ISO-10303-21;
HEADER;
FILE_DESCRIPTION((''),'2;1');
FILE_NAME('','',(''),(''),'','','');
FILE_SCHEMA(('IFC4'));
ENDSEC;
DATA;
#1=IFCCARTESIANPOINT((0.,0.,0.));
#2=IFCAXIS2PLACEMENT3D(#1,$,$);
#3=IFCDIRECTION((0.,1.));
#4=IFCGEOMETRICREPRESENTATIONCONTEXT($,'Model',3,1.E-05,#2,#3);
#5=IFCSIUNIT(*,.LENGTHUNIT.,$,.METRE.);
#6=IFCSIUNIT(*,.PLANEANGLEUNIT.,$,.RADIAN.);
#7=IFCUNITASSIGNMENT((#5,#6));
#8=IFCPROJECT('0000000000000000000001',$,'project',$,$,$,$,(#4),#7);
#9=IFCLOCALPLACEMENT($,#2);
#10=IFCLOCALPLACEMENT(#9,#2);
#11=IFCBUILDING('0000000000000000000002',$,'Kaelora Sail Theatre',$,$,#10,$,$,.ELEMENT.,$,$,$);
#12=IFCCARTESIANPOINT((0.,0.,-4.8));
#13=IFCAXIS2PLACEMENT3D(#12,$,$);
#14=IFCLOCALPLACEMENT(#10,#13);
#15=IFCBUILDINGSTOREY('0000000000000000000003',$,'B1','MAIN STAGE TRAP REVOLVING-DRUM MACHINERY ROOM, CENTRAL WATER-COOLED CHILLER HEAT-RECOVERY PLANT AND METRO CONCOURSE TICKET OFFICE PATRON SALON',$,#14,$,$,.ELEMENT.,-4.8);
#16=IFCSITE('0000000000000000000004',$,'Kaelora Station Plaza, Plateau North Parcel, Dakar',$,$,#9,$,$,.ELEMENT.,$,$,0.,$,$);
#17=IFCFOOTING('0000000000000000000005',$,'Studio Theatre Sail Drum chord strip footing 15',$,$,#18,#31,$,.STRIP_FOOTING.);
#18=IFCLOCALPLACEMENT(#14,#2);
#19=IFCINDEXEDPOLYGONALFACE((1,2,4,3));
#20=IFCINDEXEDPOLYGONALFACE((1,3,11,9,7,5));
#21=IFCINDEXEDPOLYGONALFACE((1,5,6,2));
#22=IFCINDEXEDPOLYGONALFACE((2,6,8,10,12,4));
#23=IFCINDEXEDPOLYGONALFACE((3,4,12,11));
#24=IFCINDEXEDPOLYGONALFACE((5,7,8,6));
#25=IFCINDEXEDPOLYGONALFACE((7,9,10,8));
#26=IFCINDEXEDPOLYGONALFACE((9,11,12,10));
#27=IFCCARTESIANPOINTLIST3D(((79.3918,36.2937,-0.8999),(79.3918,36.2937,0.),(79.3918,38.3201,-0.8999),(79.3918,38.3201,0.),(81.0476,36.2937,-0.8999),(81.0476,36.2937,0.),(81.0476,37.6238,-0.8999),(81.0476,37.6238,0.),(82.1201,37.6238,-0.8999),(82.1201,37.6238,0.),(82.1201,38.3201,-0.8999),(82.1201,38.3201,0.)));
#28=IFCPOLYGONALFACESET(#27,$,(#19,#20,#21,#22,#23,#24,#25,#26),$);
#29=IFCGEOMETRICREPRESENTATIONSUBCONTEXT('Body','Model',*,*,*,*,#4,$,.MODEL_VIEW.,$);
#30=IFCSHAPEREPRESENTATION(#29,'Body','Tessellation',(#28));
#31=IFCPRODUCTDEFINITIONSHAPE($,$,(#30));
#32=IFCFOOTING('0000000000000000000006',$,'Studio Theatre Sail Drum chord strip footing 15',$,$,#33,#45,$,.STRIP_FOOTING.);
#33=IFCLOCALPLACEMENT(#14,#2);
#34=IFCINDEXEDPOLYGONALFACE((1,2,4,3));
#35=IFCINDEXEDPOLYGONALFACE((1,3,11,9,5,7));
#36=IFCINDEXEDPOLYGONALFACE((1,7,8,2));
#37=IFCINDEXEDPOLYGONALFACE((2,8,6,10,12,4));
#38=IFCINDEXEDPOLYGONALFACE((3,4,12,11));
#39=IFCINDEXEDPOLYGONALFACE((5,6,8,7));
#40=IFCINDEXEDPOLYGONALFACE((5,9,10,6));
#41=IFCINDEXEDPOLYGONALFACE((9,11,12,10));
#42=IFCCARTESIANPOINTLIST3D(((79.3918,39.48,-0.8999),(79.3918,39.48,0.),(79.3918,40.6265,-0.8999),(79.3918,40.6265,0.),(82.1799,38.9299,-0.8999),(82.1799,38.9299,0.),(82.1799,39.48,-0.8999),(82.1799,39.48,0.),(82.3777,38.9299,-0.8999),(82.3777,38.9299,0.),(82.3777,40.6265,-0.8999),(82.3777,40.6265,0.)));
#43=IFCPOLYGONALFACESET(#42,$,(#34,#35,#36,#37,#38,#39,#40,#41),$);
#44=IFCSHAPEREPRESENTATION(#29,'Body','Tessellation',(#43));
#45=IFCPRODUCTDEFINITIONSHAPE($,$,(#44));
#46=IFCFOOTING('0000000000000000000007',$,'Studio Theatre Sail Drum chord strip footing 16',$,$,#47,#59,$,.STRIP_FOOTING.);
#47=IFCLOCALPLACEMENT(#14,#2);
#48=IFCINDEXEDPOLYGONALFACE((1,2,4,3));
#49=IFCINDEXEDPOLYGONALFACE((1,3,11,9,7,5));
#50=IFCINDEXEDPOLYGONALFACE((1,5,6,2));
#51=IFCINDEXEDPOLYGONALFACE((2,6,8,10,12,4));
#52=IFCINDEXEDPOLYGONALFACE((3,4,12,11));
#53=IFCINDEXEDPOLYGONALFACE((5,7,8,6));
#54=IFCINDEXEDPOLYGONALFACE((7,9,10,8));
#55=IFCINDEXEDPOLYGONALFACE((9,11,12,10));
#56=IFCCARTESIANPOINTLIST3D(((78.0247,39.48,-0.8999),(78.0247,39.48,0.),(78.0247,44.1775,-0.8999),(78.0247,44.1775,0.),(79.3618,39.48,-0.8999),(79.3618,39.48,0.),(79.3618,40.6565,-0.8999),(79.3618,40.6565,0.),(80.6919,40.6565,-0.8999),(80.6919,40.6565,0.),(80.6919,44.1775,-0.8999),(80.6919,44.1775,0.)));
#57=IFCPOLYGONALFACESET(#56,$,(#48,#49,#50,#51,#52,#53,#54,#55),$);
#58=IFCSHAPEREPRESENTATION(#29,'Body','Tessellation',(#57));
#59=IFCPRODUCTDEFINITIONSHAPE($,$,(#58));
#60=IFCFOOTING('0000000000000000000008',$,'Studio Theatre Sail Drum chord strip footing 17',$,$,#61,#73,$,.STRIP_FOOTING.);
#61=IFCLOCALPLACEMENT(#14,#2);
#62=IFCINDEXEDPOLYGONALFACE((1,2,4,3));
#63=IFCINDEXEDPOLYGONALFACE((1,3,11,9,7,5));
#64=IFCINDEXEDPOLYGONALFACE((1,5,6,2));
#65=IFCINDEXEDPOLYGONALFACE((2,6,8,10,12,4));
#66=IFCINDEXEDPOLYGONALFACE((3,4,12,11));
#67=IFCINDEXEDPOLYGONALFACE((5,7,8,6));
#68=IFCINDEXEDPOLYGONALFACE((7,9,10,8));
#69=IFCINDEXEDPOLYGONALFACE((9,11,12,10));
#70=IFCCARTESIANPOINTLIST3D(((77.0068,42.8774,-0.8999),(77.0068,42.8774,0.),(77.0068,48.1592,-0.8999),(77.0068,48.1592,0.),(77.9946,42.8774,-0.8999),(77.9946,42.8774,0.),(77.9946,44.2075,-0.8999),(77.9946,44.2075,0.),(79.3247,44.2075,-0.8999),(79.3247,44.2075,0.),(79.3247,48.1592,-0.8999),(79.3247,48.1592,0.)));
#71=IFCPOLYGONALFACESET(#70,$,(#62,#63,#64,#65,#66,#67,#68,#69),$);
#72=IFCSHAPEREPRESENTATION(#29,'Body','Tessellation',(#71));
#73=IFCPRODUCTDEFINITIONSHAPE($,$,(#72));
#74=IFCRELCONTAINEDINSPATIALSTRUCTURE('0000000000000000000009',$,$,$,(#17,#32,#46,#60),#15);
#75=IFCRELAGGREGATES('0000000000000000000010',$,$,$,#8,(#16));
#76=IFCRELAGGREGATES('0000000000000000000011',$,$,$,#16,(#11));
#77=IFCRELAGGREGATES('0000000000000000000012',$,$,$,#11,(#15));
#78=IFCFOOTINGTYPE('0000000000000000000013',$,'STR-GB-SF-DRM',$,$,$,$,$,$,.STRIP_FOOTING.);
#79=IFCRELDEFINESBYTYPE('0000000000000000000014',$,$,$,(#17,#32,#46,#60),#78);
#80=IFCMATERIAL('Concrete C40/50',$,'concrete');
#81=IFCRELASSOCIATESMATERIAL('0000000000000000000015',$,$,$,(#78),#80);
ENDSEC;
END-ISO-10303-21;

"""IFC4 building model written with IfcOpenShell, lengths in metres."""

from ifc_helpers import new_model, si_unit, direction, frame, origin, place, context, subcontext, project, spatial, polyline, outline, extrude, material, type_object, element, save


model = new_model("IFC4")

# Units and contexts
model_context = context("Model", 3, precision=1e-05, world=origin(), true_north=direction((0.0, 1.0)))
body_context = subcontext(model_context, "Body", "Model", "MODEL_VIEW")
ifc_project = project(units=[si_unit("LENGTHUNIT", "METRE"), si_unit("PLANEANGLEUNIT", "RADIAN")], contexts=[model_context])

# Site, building, storey
site_placement = place(None, origin())
site = spatial("IfcSite", under=ifc_project, at=site_placement, Name="Kaelora Station Plaza, Plateau North Parcel, Dakar", CompositionType="ELEMENT", RefElevation=0.0)
building_placement = place(site_placement, origin())
building = spatial("IfcBuilding", under=site, at=building_placement, Name="Kaelora Sail Theatre", CompositionType="ELEMENT")
storey_placement = place(building_placement, frame((0.0, 0.0, -4.8)))
storey = spatial("IfcBuildingStorey", under=building, at=storey_placement, Name="B1", Description="MAIN STAGE TRAP REVOLVING-DRUM MACHINERY ROOM, CENTRAL WATER-COOLED CHILLER HEAT-RECOVERY PLANT AND METRO CONCOURSE TICKET OFFICE PATRON SALON", CompositionType="ELEMENT", Elevation=-4.8)

# Footings
ifc_material = material(Name="Concrete C40/50", Category="concrete")
footing_type = type_object("IfcFootingType", Name="STR-GB-SF-DRM", PredefinedType="STRIP_FOOTING", material=ifc_material)
footing_1_placement = place(storey_placement, frame((0.0, 0.0, -0.8999)))
element("IfcFooting", 1, at=footing_1_placement, inside=storey, type_object=footing_type, Name="Studio Theatre Sail Drum chord strip footing 15", PredefinedType="STRIP_FOOTING", context=body_context, shape_type="SweptSolid", body=[
    extrude(outline(polyline([(82.1201, 37.6238), (81.0476, 37.6238), (81.0476, 36.2937), (79.3918, 36.2937), (79.3918, 38.3201), (82.1201, 38.3201), (82.1201, 37.6238)])), origin(), (0.0, 0.0, 1.0), 0.8999),
])
footing_2_placement = place(storey_placement, frame((0.0, 0.0, -0.8999)))
element("IfcFooting", 2, at=footing_2_placement, inside=storey, type_object=footing_type, Name="Studio Theatre Sail Drum chord strip footing 15", PredefinedType="STRIP_FOOTING", context=body_context, shape_type="SweptSolid", body=[
    extrude(outline(polyline([(82.3777, 38.9299), (82.1799, 38.9299), (82.1799, 39.48), (79.3918, 39.48), (79.3918, 40.6265), (82.3777, 40.6265), (82.3777, 38.9299)])), origin(), (0.0, 0.0, 1.0), 0.8999),
])
footing_3_placement = place(storey_placement, frame((0.0, 0.0, -0.8999)))
element("IfcFooting", 3, at=footing_3_placement, inside=storey, type_object=footing_type, Name="Studio Theatre Sail Drum chord strip footing 16", PredefinedType="STRIP_FOOTING", context=body_context, shape_type="SweptSolid", body=[
    extrude(outline(polyline([(80.6919, 40.6565), (79.3618, 40.6565), (79.3618, 39.48), (78.0247, 39.48), (78.0247, 44.1775), (80.6919, 44.1775), (80.6919, 40.6565)])), origin(), (0.0, 0.0, 1.0), 0.8999),
])
footing_4_placement = place(storey_placement, frame((0.0, 0.0, -0.8999)))
element("IfcFooting", 4, at=footing_4_placement, inside=storey, type_object=footing_type, Name="Studio Theatre Sail Drum chord strip footing 17", PredefinedType="STRIP_FOOTING", context=body_context, shape_type="SweptSolid", body=[
    extrude(outline(polyline([(77.0068, 42.8774), (77.0068, 48.1592), (79.3247, 48.1592), (79.3247, 44.2075), (77.9946, 44.2075), (77.9946, 42.8774), (77.0068, 42.8774)])), origin(), (0.0, 0.0, 1.0), 0.8999),
])

save(model, "model.ifc")
